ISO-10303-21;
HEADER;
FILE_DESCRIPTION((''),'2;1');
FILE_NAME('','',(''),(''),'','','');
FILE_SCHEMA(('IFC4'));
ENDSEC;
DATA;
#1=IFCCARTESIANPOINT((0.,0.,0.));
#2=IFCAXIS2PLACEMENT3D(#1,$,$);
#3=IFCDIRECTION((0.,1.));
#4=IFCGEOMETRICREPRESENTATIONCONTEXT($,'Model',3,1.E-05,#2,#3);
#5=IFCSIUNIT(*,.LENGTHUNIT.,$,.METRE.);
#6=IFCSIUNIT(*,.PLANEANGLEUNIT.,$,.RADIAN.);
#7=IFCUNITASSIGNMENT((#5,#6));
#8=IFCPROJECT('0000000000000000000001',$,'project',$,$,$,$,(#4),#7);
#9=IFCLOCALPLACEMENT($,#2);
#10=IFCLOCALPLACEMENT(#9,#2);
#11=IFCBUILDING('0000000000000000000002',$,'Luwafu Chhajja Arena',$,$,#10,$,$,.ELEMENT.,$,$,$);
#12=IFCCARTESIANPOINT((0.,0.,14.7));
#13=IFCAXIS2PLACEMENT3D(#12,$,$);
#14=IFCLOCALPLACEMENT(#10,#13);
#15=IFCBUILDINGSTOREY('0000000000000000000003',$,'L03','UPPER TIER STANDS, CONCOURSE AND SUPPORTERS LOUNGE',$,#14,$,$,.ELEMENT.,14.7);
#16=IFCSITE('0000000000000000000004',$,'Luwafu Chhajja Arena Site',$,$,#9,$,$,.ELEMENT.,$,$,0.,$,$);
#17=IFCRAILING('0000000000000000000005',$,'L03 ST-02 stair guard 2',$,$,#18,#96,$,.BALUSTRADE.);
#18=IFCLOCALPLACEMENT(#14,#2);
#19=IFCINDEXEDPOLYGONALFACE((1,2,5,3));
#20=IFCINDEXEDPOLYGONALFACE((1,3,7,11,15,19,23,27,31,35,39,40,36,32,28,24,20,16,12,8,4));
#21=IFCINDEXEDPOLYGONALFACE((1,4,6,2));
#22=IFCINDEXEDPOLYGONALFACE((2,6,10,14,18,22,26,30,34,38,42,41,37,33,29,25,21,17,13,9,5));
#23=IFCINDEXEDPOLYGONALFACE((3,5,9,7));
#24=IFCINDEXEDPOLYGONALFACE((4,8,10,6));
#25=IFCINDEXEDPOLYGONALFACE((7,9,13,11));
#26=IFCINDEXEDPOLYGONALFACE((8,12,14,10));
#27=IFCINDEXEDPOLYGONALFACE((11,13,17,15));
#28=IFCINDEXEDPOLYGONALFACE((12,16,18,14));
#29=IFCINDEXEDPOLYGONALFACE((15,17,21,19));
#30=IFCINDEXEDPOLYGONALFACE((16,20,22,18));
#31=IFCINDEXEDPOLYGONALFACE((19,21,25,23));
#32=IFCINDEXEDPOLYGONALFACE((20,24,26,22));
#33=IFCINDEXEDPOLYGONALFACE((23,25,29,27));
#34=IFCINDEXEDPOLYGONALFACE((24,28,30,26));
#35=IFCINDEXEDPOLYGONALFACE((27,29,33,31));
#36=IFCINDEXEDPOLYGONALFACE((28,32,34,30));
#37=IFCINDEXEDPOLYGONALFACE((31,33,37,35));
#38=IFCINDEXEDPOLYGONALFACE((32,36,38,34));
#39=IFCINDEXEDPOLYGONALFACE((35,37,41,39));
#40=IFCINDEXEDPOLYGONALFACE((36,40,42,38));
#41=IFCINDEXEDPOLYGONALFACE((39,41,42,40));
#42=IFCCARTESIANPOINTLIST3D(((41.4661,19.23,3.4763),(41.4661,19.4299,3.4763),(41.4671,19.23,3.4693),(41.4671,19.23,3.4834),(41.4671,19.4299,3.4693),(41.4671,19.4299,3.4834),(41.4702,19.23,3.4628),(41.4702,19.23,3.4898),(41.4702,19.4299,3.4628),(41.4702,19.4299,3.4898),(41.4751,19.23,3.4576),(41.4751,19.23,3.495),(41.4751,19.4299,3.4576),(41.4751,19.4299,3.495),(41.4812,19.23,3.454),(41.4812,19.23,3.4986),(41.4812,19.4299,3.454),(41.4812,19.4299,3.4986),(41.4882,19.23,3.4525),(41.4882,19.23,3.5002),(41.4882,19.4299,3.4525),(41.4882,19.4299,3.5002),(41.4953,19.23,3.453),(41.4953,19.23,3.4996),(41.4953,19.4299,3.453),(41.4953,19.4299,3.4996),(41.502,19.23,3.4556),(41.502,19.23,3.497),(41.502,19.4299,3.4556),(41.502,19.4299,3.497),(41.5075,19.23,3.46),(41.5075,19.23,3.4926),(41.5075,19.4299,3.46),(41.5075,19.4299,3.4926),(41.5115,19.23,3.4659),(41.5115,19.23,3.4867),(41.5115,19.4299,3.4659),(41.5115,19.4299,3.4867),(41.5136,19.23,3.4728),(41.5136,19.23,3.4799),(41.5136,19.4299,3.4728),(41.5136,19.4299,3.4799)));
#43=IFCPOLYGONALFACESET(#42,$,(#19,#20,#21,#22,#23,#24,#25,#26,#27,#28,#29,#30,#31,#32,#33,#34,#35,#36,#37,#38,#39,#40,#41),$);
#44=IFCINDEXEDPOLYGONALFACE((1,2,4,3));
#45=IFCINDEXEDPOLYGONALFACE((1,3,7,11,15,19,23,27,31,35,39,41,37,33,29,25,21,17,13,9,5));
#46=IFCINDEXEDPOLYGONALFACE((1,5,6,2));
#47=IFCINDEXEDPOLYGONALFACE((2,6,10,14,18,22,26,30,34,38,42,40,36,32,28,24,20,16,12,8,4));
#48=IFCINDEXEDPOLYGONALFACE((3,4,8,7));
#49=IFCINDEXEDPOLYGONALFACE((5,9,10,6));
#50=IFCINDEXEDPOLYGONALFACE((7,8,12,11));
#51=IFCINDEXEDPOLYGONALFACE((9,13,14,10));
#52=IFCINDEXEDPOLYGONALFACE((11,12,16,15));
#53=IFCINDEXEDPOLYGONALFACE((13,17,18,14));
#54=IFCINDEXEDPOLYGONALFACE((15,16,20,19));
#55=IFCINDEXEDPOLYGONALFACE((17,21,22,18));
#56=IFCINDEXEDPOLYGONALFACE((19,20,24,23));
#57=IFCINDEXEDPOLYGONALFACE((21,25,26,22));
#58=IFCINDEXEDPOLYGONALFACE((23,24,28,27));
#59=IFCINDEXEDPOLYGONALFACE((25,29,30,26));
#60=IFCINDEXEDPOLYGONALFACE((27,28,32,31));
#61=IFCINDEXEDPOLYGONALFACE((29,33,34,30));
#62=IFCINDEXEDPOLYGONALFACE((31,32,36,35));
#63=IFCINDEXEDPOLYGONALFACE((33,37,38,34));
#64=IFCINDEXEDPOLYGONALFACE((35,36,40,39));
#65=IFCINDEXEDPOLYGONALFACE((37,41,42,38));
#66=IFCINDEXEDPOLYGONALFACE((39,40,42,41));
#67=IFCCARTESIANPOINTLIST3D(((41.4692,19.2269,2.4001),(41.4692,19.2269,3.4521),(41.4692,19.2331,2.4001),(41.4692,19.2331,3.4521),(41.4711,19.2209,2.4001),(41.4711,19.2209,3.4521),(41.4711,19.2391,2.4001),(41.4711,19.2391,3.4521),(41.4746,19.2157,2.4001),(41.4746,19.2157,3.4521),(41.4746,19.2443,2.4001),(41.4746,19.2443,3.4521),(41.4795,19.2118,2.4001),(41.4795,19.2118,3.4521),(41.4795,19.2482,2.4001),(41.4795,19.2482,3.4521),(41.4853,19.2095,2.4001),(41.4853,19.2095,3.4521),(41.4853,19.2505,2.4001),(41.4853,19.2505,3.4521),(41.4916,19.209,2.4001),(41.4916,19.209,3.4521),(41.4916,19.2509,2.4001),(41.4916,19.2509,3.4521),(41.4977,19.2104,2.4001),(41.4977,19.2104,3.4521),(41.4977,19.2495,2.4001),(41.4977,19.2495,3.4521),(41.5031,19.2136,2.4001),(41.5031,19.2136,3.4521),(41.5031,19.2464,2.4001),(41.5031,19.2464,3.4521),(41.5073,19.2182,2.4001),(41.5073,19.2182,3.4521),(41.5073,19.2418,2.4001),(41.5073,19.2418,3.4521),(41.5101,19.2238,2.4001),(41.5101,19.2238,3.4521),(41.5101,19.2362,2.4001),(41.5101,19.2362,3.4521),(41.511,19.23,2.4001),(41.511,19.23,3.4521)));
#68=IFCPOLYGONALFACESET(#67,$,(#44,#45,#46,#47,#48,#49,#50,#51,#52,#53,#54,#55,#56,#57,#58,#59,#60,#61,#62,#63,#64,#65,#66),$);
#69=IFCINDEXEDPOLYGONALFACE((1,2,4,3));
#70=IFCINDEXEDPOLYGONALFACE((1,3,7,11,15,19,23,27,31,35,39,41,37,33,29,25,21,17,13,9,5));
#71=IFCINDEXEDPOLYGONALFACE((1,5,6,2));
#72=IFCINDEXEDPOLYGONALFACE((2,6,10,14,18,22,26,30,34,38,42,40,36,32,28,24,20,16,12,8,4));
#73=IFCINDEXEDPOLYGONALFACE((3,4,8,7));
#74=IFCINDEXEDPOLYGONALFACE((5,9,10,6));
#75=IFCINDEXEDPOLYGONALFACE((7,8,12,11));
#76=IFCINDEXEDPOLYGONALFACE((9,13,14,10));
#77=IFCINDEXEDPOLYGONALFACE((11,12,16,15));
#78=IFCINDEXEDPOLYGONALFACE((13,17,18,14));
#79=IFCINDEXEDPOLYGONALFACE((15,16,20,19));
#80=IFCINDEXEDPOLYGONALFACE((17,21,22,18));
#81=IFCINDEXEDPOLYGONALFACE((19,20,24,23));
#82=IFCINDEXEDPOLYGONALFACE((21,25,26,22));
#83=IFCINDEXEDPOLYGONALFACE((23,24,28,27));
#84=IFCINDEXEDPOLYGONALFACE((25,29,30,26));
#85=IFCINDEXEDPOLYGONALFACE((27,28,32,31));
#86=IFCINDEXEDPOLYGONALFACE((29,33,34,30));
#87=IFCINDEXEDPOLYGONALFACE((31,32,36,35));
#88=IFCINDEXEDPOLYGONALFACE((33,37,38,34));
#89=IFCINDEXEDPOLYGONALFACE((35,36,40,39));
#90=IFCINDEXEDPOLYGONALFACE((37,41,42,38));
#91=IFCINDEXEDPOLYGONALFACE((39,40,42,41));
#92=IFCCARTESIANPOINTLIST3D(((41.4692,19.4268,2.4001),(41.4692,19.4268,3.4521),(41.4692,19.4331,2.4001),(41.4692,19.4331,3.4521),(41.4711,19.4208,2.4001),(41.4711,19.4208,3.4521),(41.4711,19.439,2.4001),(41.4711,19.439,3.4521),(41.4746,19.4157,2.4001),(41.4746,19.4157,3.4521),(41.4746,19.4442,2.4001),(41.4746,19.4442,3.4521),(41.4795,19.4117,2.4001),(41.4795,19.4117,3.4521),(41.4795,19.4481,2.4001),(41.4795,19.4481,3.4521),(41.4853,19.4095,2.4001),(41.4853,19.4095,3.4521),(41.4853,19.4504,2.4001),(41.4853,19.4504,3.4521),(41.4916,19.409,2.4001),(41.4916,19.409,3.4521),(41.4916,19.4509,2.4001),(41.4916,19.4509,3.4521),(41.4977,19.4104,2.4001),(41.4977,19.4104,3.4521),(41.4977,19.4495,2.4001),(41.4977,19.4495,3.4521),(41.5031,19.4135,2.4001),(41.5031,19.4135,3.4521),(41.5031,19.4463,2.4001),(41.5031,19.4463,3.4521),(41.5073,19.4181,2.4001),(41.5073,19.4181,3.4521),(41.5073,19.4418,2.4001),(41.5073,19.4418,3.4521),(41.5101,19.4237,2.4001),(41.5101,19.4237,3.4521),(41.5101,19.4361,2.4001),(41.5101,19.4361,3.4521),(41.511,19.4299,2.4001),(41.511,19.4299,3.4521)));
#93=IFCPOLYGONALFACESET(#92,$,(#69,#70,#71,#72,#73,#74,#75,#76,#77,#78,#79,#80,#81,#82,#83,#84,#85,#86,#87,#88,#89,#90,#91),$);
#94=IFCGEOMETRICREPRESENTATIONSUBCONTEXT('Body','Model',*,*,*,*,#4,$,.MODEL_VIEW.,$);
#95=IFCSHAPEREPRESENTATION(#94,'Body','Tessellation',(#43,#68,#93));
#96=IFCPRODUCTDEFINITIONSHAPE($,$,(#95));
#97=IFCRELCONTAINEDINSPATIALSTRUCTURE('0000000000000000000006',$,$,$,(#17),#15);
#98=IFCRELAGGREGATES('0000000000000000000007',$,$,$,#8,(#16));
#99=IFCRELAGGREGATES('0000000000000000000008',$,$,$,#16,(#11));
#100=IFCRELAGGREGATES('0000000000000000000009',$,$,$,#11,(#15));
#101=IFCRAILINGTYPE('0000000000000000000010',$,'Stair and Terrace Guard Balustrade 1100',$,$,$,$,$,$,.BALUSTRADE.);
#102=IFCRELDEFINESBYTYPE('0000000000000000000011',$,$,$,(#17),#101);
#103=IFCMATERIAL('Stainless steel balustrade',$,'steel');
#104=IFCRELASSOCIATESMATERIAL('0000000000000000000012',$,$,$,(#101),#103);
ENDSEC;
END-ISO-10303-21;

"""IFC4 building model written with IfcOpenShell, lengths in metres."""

from ifc_helpers import new_model, si_unit, direction, frame, origin, origin_2d, place, context, subcontext, project, spatial, circle, extrude, material, type_object, element, save


model = new_model("IFC4")

# Units and contexts
model_context = context("Model", 3, precision=1e-05, world=origin(), true_north=direction((0.0, 1.0)))
body_context = subcontext(model_context, "Body", "Model", "MODEL_VIEW")
ifc_project = project(units=[si_unit("LENGTHUNIT", "METRE"), si_unit("PLANEANGLEUNIT", "RADIAN")], contexts=[model_context])

# Site, building, storey
site_placement = place(None, origin())
site = spatial("IfcSite", under=ifc_project, at=site_placement, Name="Luwafu Chhajja Arena Site", CompositionType="ELEMENT", RefElevation=0.0)
building_placement = place(site_placement, origin())
building = spatial("IfcBuilding", under=site, at=building_placement, Name="Luwafu Chhajja Arena", CompositionType="ELEMENT")
storey_placement = place(building_placement, frame((0.0, 0.0, 14.7)))
storey = spatial("IfcBuildingStorey", under=building, at=storey_placement, Name="L03", Description="UPPER TIER STANDS, CONCOURSE AND SUPPORTERS LOUNGE", CompositionType="ELEMENT", Elevation=14.7)

# Railing
ifc_material_1 = material(Name="Stainless steel balustrade", Category="steel")
railing_type_1 = type_object("IfcRailingType", Name="Stair and Terrace Guard Balustrade 1100", PredefinedType="BALUSTRADE", material=ifc_material_1)
railing_1_placement = place(storey_placement, frame((41.49, 19.23, 2.4001)))
element("IfcRailing", 1, at=railing_1_placement, inside=storey, type_object=railing_type_1, Name="L03 ST-02 stair guard 2", PredefinedType="BALUSTRADE", context=body_context, shape_type="SweptSolid", body=[
    extrude(circle(Radius=0.0239, at=origin_2d()), frame((0.0, 0.0, 1.0762), z_axis=(0.0, 1.0, 0.0), x_axis=(-1.0, 0.0, 0.0)), (0.0, 0.0, 1.0), 0.2),
    extrude(circle(Radius=0.021, at=origin_2d()), origin(), (0.0, 0.0, 1.0), 1.052),
    extrude(circle(Radius=0.021, at=origin_2d()), frame((0.0, 0.2, 0.0)), (0.0, 0.0, 1.0), 1.052),
])

save(model, "model.ifc")
